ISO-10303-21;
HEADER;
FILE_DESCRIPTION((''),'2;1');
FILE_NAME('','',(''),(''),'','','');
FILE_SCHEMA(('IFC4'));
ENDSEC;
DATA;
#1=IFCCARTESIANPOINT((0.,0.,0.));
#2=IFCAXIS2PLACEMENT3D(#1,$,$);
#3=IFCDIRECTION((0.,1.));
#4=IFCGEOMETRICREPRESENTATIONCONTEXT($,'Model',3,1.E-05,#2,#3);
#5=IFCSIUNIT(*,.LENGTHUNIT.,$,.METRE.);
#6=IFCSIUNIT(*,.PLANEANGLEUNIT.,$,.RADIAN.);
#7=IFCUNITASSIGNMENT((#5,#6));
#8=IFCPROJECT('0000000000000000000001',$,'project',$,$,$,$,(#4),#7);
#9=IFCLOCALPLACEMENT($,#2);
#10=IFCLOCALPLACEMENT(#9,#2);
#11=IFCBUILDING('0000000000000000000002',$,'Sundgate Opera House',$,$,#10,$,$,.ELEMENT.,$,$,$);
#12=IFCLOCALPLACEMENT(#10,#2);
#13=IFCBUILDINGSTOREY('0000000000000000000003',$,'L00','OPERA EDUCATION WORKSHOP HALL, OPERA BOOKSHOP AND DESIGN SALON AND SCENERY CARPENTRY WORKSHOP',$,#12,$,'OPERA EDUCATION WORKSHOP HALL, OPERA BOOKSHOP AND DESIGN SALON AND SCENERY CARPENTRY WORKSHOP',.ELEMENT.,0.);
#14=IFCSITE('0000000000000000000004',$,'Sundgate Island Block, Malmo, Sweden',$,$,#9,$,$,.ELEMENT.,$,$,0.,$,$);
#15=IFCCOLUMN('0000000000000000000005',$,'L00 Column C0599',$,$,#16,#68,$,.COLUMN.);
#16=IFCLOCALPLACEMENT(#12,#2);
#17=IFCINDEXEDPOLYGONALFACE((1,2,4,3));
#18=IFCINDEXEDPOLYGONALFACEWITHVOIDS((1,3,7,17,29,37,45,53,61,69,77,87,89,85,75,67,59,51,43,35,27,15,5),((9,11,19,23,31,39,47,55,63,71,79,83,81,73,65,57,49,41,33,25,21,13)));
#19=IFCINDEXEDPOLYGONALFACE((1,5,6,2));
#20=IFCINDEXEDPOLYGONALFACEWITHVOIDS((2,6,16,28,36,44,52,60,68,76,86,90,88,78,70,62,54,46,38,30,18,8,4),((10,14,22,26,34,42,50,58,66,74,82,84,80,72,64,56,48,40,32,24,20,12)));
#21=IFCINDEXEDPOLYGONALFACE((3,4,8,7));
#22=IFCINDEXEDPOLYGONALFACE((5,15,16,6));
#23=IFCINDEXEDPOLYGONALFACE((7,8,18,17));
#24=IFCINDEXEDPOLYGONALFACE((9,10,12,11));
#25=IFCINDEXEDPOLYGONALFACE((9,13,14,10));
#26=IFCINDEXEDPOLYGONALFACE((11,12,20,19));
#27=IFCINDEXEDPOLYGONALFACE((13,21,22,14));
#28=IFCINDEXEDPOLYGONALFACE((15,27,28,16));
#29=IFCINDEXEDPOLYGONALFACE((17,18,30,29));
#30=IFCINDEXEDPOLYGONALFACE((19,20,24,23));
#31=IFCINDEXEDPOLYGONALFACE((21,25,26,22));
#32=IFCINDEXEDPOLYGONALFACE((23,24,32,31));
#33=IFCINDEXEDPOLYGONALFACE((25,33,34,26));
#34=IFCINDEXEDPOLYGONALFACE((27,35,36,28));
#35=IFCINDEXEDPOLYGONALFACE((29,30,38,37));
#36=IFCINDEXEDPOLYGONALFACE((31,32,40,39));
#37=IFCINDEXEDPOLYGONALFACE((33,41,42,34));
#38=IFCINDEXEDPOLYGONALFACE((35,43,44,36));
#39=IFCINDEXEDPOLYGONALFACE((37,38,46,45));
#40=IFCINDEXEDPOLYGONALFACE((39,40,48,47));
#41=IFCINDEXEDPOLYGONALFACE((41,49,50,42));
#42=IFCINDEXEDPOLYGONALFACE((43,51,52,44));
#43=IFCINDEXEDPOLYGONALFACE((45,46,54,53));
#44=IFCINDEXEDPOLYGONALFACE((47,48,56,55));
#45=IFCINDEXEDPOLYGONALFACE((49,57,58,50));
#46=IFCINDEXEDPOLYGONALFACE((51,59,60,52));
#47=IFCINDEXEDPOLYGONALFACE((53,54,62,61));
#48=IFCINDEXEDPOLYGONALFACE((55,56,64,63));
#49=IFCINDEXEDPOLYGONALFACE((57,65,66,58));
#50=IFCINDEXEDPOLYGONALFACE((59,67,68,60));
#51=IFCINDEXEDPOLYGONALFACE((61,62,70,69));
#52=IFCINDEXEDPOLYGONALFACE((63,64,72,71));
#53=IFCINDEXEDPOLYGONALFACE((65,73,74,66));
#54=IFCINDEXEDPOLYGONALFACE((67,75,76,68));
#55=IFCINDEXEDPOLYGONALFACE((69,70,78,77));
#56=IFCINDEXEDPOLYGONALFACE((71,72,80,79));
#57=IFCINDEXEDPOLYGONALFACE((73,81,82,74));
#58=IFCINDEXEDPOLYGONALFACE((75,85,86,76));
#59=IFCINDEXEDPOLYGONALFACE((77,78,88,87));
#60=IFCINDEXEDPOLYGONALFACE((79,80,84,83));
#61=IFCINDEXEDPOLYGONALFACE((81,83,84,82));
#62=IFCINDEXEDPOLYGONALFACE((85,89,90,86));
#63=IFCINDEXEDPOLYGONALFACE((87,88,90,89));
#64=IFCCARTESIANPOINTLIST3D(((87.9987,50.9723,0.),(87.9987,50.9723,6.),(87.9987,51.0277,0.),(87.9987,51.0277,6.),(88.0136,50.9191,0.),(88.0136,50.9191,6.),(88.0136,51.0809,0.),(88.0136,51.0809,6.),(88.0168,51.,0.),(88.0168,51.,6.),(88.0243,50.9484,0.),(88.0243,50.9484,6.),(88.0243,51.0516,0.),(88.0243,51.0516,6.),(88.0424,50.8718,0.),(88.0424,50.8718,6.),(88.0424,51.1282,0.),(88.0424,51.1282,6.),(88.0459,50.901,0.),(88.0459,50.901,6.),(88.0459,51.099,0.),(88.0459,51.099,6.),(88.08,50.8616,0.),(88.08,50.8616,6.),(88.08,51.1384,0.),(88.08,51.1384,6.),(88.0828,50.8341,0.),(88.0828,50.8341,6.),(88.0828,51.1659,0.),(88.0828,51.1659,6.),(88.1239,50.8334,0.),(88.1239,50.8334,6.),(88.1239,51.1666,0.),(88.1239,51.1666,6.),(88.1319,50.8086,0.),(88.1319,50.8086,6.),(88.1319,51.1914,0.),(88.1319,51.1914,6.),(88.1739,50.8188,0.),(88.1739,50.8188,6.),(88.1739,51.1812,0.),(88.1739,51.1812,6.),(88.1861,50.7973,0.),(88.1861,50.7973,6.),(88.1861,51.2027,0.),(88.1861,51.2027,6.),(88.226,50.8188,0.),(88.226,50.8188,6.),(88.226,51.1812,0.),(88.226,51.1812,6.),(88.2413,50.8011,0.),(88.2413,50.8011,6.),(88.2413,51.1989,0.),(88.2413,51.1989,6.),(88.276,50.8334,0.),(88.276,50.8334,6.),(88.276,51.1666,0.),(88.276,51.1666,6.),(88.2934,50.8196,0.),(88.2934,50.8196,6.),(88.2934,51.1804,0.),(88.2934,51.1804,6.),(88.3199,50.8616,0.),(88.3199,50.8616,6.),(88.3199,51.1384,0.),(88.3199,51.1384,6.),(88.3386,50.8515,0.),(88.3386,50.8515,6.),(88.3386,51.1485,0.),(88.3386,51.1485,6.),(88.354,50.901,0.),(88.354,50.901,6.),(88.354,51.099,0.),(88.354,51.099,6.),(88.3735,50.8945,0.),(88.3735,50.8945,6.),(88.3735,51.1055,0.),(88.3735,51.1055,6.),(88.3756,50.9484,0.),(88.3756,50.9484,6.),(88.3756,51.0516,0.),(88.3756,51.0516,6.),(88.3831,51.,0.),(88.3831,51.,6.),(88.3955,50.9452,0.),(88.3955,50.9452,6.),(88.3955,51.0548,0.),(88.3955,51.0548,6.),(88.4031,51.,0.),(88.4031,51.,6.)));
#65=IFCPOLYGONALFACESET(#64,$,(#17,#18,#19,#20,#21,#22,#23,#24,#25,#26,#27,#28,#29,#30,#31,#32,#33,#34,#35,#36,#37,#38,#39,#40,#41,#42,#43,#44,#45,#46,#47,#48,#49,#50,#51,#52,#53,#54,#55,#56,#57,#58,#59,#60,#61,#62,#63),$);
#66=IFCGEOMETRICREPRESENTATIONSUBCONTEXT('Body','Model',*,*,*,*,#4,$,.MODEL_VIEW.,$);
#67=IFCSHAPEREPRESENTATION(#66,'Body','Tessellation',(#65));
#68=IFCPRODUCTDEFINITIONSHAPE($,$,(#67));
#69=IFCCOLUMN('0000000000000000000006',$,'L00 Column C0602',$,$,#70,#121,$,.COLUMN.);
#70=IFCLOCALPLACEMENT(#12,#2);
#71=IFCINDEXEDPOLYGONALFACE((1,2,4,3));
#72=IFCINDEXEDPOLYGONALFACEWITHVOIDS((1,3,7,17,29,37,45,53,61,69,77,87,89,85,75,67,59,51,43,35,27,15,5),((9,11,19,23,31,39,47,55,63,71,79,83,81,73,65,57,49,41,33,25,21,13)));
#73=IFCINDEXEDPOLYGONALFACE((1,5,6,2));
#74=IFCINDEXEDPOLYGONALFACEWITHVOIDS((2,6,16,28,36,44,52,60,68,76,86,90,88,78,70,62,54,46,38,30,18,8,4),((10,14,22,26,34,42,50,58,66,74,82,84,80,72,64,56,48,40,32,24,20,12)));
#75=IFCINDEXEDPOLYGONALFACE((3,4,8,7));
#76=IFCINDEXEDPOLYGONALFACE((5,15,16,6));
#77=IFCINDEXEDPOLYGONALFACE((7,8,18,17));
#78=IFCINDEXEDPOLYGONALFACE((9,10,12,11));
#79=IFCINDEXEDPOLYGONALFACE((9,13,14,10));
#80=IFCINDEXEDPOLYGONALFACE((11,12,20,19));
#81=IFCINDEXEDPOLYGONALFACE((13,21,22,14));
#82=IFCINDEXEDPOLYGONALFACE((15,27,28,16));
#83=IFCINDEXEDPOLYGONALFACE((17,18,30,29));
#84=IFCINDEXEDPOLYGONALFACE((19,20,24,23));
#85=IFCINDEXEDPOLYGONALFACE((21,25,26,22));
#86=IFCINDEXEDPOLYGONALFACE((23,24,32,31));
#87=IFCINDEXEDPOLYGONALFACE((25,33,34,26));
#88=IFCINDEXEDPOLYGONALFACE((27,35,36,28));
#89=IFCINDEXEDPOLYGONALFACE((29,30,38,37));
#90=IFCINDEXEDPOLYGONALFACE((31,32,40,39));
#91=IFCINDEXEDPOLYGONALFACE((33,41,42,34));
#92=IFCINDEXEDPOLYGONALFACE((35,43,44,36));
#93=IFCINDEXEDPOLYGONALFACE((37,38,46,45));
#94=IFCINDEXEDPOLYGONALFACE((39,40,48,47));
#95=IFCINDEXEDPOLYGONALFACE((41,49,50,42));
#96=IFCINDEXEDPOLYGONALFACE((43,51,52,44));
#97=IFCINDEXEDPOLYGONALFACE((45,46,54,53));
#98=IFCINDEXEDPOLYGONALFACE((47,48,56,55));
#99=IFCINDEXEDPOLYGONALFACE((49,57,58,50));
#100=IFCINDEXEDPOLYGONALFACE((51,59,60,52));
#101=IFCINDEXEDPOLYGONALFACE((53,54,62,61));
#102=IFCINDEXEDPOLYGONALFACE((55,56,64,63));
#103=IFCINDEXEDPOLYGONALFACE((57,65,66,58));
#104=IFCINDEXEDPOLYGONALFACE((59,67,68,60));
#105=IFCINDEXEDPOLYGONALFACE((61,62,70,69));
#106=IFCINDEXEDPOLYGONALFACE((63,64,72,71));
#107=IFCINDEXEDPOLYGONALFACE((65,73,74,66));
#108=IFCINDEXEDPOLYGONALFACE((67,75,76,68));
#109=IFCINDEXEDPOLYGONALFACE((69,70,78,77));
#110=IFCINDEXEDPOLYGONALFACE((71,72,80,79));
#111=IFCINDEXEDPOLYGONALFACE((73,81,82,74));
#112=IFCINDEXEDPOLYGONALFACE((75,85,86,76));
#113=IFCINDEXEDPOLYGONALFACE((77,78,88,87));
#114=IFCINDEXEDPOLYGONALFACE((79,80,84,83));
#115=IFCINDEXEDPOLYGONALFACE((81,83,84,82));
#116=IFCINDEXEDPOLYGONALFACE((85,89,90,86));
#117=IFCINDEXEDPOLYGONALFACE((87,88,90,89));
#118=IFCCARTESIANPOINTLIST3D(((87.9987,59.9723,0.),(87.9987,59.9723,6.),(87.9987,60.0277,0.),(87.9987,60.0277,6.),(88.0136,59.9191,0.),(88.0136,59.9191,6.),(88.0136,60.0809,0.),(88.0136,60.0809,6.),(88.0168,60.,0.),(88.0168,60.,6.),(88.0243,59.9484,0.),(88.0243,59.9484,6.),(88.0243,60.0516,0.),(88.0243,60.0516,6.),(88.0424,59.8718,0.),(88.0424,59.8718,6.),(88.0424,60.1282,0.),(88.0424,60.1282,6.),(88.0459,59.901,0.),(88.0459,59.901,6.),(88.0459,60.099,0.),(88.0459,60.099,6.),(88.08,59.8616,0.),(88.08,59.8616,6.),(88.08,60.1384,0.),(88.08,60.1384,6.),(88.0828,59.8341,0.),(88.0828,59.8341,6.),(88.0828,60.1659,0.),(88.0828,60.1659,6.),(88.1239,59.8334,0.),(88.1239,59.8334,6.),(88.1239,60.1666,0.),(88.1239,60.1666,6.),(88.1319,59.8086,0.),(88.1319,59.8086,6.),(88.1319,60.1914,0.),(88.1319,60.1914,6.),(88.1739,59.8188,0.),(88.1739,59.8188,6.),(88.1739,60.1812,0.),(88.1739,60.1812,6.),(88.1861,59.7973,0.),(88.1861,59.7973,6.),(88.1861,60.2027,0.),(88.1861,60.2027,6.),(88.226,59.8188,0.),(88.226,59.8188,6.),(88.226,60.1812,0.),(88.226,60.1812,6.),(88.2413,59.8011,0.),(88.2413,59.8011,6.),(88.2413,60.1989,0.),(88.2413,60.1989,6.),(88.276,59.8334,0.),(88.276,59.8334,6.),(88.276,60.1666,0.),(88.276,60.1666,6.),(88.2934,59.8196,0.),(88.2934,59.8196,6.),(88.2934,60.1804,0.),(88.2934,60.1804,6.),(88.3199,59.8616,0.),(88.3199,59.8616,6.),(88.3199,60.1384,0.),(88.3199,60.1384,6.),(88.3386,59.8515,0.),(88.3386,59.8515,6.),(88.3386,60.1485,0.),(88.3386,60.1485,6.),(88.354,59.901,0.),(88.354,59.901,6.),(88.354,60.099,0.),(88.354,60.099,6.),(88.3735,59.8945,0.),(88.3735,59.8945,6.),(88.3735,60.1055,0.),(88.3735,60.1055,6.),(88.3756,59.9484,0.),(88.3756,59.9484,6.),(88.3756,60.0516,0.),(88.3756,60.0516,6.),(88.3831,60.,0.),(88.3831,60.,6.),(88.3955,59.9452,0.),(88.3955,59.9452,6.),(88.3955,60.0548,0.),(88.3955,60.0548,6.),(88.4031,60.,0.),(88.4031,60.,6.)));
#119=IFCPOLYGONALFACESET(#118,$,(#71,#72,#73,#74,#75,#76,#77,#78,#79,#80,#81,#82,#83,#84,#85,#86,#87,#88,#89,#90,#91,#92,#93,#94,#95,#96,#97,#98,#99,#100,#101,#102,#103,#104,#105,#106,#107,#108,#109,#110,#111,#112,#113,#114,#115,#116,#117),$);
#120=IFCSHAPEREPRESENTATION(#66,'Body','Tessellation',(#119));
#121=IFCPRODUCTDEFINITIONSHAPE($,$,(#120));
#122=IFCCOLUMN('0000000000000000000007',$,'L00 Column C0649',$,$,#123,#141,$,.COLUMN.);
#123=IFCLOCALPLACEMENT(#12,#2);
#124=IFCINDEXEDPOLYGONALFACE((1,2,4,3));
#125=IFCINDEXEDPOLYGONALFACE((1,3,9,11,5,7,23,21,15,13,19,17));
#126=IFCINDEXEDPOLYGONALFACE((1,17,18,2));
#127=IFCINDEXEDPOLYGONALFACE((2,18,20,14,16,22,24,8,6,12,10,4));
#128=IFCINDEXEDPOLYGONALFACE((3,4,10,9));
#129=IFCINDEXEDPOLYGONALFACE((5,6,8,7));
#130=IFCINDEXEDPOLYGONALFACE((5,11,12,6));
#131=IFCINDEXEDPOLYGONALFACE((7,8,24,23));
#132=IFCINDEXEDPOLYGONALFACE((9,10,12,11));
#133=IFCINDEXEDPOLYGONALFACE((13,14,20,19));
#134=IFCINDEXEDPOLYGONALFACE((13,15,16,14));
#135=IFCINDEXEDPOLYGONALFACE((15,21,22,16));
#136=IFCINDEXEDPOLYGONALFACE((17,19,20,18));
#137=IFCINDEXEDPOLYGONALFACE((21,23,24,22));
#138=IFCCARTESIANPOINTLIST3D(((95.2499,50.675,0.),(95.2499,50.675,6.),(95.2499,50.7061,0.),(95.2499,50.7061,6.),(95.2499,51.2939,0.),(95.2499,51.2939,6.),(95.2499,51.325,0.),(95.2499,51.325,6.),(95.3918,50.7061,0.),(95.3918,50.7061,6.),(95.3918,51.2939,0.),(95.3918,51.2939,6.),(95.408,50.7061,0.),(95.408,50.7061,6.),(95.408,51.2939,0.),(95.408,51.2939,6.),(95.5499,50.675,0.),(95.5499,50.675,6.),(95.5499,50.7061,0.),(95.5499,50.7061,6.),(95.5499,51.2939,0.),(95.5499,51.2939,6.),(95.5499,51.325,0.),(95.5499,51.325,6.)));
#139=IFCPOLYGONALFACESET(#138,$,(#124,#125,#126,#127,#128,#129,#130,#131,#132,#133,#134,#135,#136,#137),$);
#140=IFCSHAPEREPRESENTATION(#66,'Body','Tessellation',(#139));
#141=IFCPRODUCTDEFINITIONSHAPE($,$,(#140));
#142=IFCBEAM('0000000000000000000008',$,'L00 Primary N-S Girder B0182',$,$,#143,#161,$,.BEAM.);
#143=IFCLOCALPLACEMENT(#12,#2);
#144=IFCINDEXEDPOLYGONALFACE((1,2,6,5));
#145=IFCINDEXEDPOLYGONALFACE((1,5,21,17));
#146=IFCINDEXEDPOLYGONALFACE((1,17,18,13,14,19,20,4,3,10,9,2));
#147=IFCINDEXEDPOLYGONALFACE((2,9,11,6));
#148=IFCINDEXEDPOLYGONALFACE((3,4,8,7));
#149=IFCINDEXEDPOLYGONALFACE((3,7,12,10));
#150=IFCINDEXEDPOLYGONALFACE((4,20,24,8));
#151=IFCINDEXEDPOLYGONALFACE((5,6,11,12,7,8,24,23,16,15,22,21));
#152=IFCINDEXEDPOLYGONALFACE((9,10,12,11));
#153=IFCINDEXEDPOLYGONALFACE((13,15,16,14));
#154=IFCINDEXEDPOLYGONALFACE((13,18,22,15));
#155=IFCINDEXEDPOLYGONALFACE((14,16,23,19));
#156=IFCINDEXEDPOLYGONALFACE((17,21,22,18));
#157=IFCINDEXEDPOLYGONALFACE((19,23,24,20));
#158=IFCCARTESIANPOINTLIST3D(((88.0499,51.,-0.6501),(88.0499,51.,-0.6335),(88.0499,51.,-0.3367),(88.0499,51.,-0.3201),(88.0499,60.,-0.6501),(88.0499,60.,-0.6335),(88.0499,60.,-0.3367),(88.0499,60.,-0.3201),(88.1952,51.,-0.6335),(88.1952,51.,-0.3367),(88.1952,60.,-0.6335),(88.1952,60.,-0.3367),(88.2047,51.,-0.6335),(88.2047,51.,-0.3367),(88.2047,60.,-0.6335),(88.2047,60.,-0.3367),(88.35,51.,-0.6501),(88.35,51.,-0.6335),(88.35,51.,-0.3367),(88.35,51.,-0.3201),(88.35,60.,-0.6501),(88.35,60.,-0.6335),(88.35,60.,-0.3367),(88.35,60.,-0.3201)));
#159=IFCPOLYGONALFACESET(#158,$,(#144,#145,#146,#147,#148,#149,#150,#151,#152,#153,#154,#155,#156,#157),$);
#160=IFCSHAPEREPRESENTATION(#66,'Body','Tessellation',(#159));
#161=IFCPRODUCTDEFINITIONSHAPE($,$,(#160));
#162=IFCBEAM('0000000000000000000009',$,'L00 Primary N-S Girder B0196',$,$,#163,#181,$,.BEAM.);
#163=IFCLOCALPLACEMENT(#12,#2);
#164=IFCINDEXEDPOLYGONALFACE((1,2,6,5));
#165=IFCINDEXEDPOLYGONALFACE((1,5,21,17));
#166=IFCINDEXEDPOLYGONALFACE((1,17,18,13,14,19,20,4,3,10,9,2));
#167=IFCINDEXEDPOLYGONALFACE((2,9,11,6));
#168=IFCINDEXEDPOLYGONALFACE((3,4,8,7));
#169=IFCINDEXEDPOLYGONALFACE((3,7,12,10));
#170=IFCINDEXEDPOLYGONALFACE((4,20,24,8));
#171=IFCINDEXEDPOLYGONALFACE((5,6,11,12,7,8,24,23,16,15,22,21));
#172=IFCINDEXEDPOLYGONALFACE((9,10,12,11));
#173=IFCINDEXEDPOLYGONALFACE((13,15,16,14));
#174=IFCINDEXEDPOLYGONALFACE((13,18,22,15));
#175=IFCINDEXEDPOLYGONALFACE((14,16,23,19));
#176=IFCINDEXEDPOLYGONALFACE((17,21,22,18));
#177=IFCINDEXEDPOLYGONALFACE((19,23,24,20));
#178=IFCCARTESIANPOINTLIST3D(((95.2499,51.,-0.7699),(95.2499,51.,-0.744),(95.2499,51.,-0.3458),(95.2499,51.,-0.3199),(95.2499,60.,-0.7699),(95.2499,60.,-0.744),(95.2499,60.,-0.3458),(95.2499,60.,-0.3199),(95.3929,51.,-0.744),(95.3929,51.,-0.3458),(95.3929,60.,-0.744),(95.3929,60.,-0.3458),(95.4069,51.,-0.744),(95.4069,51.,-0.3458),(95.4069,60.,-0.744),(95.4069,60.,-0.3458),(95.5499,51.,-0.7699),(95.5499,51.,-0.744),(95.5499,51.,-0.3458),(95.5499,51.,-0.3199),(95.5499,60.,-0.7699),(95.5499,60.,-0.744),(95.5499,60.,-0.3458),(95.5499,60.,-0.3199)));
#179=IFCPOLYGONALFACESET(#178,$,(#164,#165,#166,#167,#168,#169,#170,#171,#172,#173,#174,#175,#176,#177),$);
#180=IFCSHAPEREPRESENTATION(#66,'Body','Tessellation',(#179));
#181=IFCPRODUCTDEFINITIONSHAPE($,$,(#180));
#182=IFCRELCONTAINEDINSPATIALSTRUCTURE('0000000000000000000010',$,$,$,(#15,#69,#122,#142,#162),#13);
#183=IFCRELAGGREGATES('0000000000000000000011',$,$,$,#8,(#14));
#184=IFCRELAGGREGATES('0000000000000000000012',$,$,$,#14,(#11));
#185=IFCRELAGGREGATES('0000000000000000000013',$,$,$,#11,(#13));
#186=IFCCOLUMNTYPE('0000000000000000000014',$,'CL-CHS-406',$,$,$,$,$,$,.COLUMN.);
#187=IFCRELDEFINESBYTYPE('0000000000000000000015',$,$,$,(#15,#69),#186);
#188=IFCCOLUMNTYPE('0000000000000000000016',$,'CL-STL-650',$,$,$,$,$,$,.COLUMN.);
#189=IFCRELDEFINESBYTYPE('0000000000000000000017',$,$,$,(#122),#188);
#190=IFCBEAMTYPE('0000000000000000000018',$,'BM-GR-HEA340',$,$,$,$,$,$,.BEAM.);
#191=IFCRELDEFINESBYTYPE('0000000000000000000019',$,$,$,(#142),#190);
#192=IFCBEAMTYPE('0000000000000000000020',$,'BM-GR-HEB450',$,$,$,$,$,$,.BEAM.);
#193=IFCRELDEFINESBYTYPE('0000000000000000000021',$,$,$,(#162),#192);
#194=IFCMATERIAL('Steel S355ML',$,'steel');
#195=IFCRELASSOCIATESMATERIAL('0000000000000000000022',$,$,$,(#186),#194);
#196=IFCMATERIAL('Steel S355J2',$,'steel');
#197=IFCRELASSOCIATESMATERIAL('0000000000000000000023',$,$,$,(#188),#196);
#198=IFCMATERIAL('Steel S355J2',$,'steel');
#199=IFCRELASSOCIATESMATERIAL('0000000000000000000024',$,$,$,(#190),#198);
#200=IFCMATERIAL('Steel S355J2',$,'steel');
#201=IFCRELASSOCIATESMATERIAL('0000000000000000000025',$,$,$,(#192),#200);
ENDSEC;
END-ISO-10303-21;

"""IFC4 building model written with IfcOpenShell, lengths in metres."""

from ifc_helpers import new_model, si_unit, direction, frame, origin, origin_2d, place, context, subcontext, project, spatial, hollow_circle, i_section, extrude, material, material_profile, profile_set, type_object, element, save


model = new_model("IFC4")

# Units and contexts
model_context = context("Model", 3, precision=1e-05, world=origin(), true_north=direction((0.0, 1.0)))
body_context = subcontext(model_context, "Body", "Model", "MODEL_VIEW")
ifc_project = project(units=[si_unit("LENGTHUNIT", "METRE"), si_unit("PLANEANGLEUNIT", "RADIAN")], contexts=[model_context])

# Site, building, storey
site_placement = place(None, origin())
site = spatial("IfcSite", under=ifc_project, at=site_placement, Name="Sundgate Island Block, Malmo, Sweden", CompositionType="ELEMENT", RefElevation=0.0)
building_placement = place(site_placement, origin())
building = spatial("IfcBuilding", under=site, at=building_placement, Name="Sundgate Opera House", CompositionType="ELEMENT")
storey_placement = place(building_placement, origin())
storey = spatial("IfcBuildingStorey", under=building, at=storey_placement, Name="L00", Description="OPERA EDUCATION WORKSHOP HALL, OPERA BOOKSHOP AND DESIGN SALON AND SCENERY CARPENTRY WORKSHOP", LongName="OPERA EDUCATION WORKSHOP HALL, OPERA BOOKSHOP AND DESIGN SALON AND SCENERY CARPENTRY WORKSHOP", CompositionType="ELEMENT", Elevation=0.0)

# Columns
ifc_material_1 = material(Name="Steel S355ML", Category="steel")
ifc_material_profile_1 = material_profile(ifc_material_1, hollow_circle(Radius=0.2031, WallThickness=0.02, at=origin_2d()), Name="CHS 406.4x20.0")
ifc_profile_set_1 = profile_set([ifc_material_profile_1], Name="Steel S355ML")
column_type_1 = type_object("IfcColumnType", Name="CL-CHS-406", PredefinedType="COLUMN", material=ifc_profile_set_1)
for number, where, z_axis, x_axis, name in (
    (1, (88.2, 51.0, 0.0), (0.0, 0.0, 1.0), (1.0, 0.0, 0.0), "L00 Column C0599"),
    (2, (88.2, 60.0, 0.0), (0.0, 0.0, 1.0), (1.0, 0.0, 0.0), "L00 Column C0602"),
):
    element("IfcColumn", number, at=place(storey_placement, frame(where, z_axis=z_axis, x_axis=x_axis)), inside=storey, type_object=column_type_1, Name=name, PredefinedType="COLUMN", context=body_context, shape_type="SweptSolid", body=[
        extrude(hollow_circle(Radius=0.2031, WallThickness=0.02, at=origin_2d()), origin(), (0.0, 0.0, 1.0), 6.0),
    ])
ifc_material_2 = material(Name="Steel S355J2", Category="steel")
ifc_material_profile_2 = material_profile(ifc_material_2, i_section(OverallWidth=0.3, OverallDepth=0.6499, WebThickness=0.0161, FlangeThickness=0.031, at=origin_2d()), Name="HEB 650")
ifc_profile_set_2 = profile_set([ifc_material_profile_2], Name="Steel S355J2")
column_type_2 = type_object("IfcColumnType", Name="CL-STL-650", PredefinedType="COLUMN", material=ifc_profile_set_2)
column_placement = place(storey_placement, frame((95.3999, 51.0, 0.0), z_axis=(0.0, 0.0, 1.0), x_axis=(1.0, 0.0, 0.0)))
element("IfcColumn", 3, at=column_placement, inside=storey, type_object=column_type_2, Name="L00 Column C0649", PredefinedType="COLUMN", context=body_context, shape_type="SweptSolid", body=[
    extrude(i_section(OverallWidth=0.3, OverallDepth=0.6499, WebThickness=0.0161, FlangeThickness=0.031, at=origin_2d()), origin(), (0.0, 0.0, 1.0), 6.0),
])

# Beams
ifc_material_3 = material(Name="Steel S355J2", Category="steel")
ifc_material_profile_3 = material_profile(ifc_material_3, i_section(OverallWidth=0.3, OverallDepth=0.3301, WebThickness=0.0095, FlangeThickness=0.0166, at=origin_2d()), Name="HEA 340")
ifc_profile_set_3 = profile_set([ifc_material_profile_3], Name="Steel S355J2")
beam_type_1 = type_object("IfcBeamType", Name="BM-GR-HEA340", PredefinedType="BEAM", material=ifc_profile_set_3)
beam_1_placement = place(storey_placement, frame((88.2, 51.0, -0.4851), z_axis=(0.0, 1.0, 0.0), x_axis=(-1.0, 0.0, 0.0)))
element("IfcBeam", 4, at=beam_1_placement, inside=storey, type_object=beam_type_1, Name="L00 Primary N-S Girder B0182", PredefinedType="BEAM", context=body_context, shape_type="SweptSolid", body=[
    extrude(i_section(OverallWidth=0.3, OverallDepth=0.3301, WebThickness=0.0095, FlangeThickness=0.0166, at=origin_2d()), origin(), (0.0, 0.0, 1.0), 9.0),
])
ifc_material_4 = material(Name="Steel S355J2", Category="steel")
ifc_material_profile_4 = material_profile(ifc_material_4, i_section(OverallWidth=0.3, OverallDepth=0.45, WebThickness=0.0139, FlangeThickness=0.0259, at=origin_2d()), Name="HEB 450")
ifc_profile_set_4 = profile_set([ifc_material_profile_4], Name="Steel S355J2")
beam_type_2 = type_object("IfcBeamType", Name="BM-GR-HEB450", PredefinedType="BEAM", material=ifc_profile_set_4)
beam_2_placement = place(storey_placement, frame((95.3999, 51.0, -0.5449), z_axis=(0.0, 1.0, 0.0), x_axis=(-1.0, 0.0, 0.0)))
element("IfcBeam", 5, at=beam_2_placement, inside=storey, type_object=beam_type_2, Name="L00 Primary N-S Girder B0196", PredefinedType="BEAM", context=body_context, shape_type="SweptSolid", body=[
    extrude(i_section(OverallWidth=0.3, OverallDepth=0.45, WebThickness=0.0139, FlangeThickness=0.0259, at=origin_2d()), origin(), (0.0, 0.0, 1.0), 9.0),
])

save(model, "model.ifc")
